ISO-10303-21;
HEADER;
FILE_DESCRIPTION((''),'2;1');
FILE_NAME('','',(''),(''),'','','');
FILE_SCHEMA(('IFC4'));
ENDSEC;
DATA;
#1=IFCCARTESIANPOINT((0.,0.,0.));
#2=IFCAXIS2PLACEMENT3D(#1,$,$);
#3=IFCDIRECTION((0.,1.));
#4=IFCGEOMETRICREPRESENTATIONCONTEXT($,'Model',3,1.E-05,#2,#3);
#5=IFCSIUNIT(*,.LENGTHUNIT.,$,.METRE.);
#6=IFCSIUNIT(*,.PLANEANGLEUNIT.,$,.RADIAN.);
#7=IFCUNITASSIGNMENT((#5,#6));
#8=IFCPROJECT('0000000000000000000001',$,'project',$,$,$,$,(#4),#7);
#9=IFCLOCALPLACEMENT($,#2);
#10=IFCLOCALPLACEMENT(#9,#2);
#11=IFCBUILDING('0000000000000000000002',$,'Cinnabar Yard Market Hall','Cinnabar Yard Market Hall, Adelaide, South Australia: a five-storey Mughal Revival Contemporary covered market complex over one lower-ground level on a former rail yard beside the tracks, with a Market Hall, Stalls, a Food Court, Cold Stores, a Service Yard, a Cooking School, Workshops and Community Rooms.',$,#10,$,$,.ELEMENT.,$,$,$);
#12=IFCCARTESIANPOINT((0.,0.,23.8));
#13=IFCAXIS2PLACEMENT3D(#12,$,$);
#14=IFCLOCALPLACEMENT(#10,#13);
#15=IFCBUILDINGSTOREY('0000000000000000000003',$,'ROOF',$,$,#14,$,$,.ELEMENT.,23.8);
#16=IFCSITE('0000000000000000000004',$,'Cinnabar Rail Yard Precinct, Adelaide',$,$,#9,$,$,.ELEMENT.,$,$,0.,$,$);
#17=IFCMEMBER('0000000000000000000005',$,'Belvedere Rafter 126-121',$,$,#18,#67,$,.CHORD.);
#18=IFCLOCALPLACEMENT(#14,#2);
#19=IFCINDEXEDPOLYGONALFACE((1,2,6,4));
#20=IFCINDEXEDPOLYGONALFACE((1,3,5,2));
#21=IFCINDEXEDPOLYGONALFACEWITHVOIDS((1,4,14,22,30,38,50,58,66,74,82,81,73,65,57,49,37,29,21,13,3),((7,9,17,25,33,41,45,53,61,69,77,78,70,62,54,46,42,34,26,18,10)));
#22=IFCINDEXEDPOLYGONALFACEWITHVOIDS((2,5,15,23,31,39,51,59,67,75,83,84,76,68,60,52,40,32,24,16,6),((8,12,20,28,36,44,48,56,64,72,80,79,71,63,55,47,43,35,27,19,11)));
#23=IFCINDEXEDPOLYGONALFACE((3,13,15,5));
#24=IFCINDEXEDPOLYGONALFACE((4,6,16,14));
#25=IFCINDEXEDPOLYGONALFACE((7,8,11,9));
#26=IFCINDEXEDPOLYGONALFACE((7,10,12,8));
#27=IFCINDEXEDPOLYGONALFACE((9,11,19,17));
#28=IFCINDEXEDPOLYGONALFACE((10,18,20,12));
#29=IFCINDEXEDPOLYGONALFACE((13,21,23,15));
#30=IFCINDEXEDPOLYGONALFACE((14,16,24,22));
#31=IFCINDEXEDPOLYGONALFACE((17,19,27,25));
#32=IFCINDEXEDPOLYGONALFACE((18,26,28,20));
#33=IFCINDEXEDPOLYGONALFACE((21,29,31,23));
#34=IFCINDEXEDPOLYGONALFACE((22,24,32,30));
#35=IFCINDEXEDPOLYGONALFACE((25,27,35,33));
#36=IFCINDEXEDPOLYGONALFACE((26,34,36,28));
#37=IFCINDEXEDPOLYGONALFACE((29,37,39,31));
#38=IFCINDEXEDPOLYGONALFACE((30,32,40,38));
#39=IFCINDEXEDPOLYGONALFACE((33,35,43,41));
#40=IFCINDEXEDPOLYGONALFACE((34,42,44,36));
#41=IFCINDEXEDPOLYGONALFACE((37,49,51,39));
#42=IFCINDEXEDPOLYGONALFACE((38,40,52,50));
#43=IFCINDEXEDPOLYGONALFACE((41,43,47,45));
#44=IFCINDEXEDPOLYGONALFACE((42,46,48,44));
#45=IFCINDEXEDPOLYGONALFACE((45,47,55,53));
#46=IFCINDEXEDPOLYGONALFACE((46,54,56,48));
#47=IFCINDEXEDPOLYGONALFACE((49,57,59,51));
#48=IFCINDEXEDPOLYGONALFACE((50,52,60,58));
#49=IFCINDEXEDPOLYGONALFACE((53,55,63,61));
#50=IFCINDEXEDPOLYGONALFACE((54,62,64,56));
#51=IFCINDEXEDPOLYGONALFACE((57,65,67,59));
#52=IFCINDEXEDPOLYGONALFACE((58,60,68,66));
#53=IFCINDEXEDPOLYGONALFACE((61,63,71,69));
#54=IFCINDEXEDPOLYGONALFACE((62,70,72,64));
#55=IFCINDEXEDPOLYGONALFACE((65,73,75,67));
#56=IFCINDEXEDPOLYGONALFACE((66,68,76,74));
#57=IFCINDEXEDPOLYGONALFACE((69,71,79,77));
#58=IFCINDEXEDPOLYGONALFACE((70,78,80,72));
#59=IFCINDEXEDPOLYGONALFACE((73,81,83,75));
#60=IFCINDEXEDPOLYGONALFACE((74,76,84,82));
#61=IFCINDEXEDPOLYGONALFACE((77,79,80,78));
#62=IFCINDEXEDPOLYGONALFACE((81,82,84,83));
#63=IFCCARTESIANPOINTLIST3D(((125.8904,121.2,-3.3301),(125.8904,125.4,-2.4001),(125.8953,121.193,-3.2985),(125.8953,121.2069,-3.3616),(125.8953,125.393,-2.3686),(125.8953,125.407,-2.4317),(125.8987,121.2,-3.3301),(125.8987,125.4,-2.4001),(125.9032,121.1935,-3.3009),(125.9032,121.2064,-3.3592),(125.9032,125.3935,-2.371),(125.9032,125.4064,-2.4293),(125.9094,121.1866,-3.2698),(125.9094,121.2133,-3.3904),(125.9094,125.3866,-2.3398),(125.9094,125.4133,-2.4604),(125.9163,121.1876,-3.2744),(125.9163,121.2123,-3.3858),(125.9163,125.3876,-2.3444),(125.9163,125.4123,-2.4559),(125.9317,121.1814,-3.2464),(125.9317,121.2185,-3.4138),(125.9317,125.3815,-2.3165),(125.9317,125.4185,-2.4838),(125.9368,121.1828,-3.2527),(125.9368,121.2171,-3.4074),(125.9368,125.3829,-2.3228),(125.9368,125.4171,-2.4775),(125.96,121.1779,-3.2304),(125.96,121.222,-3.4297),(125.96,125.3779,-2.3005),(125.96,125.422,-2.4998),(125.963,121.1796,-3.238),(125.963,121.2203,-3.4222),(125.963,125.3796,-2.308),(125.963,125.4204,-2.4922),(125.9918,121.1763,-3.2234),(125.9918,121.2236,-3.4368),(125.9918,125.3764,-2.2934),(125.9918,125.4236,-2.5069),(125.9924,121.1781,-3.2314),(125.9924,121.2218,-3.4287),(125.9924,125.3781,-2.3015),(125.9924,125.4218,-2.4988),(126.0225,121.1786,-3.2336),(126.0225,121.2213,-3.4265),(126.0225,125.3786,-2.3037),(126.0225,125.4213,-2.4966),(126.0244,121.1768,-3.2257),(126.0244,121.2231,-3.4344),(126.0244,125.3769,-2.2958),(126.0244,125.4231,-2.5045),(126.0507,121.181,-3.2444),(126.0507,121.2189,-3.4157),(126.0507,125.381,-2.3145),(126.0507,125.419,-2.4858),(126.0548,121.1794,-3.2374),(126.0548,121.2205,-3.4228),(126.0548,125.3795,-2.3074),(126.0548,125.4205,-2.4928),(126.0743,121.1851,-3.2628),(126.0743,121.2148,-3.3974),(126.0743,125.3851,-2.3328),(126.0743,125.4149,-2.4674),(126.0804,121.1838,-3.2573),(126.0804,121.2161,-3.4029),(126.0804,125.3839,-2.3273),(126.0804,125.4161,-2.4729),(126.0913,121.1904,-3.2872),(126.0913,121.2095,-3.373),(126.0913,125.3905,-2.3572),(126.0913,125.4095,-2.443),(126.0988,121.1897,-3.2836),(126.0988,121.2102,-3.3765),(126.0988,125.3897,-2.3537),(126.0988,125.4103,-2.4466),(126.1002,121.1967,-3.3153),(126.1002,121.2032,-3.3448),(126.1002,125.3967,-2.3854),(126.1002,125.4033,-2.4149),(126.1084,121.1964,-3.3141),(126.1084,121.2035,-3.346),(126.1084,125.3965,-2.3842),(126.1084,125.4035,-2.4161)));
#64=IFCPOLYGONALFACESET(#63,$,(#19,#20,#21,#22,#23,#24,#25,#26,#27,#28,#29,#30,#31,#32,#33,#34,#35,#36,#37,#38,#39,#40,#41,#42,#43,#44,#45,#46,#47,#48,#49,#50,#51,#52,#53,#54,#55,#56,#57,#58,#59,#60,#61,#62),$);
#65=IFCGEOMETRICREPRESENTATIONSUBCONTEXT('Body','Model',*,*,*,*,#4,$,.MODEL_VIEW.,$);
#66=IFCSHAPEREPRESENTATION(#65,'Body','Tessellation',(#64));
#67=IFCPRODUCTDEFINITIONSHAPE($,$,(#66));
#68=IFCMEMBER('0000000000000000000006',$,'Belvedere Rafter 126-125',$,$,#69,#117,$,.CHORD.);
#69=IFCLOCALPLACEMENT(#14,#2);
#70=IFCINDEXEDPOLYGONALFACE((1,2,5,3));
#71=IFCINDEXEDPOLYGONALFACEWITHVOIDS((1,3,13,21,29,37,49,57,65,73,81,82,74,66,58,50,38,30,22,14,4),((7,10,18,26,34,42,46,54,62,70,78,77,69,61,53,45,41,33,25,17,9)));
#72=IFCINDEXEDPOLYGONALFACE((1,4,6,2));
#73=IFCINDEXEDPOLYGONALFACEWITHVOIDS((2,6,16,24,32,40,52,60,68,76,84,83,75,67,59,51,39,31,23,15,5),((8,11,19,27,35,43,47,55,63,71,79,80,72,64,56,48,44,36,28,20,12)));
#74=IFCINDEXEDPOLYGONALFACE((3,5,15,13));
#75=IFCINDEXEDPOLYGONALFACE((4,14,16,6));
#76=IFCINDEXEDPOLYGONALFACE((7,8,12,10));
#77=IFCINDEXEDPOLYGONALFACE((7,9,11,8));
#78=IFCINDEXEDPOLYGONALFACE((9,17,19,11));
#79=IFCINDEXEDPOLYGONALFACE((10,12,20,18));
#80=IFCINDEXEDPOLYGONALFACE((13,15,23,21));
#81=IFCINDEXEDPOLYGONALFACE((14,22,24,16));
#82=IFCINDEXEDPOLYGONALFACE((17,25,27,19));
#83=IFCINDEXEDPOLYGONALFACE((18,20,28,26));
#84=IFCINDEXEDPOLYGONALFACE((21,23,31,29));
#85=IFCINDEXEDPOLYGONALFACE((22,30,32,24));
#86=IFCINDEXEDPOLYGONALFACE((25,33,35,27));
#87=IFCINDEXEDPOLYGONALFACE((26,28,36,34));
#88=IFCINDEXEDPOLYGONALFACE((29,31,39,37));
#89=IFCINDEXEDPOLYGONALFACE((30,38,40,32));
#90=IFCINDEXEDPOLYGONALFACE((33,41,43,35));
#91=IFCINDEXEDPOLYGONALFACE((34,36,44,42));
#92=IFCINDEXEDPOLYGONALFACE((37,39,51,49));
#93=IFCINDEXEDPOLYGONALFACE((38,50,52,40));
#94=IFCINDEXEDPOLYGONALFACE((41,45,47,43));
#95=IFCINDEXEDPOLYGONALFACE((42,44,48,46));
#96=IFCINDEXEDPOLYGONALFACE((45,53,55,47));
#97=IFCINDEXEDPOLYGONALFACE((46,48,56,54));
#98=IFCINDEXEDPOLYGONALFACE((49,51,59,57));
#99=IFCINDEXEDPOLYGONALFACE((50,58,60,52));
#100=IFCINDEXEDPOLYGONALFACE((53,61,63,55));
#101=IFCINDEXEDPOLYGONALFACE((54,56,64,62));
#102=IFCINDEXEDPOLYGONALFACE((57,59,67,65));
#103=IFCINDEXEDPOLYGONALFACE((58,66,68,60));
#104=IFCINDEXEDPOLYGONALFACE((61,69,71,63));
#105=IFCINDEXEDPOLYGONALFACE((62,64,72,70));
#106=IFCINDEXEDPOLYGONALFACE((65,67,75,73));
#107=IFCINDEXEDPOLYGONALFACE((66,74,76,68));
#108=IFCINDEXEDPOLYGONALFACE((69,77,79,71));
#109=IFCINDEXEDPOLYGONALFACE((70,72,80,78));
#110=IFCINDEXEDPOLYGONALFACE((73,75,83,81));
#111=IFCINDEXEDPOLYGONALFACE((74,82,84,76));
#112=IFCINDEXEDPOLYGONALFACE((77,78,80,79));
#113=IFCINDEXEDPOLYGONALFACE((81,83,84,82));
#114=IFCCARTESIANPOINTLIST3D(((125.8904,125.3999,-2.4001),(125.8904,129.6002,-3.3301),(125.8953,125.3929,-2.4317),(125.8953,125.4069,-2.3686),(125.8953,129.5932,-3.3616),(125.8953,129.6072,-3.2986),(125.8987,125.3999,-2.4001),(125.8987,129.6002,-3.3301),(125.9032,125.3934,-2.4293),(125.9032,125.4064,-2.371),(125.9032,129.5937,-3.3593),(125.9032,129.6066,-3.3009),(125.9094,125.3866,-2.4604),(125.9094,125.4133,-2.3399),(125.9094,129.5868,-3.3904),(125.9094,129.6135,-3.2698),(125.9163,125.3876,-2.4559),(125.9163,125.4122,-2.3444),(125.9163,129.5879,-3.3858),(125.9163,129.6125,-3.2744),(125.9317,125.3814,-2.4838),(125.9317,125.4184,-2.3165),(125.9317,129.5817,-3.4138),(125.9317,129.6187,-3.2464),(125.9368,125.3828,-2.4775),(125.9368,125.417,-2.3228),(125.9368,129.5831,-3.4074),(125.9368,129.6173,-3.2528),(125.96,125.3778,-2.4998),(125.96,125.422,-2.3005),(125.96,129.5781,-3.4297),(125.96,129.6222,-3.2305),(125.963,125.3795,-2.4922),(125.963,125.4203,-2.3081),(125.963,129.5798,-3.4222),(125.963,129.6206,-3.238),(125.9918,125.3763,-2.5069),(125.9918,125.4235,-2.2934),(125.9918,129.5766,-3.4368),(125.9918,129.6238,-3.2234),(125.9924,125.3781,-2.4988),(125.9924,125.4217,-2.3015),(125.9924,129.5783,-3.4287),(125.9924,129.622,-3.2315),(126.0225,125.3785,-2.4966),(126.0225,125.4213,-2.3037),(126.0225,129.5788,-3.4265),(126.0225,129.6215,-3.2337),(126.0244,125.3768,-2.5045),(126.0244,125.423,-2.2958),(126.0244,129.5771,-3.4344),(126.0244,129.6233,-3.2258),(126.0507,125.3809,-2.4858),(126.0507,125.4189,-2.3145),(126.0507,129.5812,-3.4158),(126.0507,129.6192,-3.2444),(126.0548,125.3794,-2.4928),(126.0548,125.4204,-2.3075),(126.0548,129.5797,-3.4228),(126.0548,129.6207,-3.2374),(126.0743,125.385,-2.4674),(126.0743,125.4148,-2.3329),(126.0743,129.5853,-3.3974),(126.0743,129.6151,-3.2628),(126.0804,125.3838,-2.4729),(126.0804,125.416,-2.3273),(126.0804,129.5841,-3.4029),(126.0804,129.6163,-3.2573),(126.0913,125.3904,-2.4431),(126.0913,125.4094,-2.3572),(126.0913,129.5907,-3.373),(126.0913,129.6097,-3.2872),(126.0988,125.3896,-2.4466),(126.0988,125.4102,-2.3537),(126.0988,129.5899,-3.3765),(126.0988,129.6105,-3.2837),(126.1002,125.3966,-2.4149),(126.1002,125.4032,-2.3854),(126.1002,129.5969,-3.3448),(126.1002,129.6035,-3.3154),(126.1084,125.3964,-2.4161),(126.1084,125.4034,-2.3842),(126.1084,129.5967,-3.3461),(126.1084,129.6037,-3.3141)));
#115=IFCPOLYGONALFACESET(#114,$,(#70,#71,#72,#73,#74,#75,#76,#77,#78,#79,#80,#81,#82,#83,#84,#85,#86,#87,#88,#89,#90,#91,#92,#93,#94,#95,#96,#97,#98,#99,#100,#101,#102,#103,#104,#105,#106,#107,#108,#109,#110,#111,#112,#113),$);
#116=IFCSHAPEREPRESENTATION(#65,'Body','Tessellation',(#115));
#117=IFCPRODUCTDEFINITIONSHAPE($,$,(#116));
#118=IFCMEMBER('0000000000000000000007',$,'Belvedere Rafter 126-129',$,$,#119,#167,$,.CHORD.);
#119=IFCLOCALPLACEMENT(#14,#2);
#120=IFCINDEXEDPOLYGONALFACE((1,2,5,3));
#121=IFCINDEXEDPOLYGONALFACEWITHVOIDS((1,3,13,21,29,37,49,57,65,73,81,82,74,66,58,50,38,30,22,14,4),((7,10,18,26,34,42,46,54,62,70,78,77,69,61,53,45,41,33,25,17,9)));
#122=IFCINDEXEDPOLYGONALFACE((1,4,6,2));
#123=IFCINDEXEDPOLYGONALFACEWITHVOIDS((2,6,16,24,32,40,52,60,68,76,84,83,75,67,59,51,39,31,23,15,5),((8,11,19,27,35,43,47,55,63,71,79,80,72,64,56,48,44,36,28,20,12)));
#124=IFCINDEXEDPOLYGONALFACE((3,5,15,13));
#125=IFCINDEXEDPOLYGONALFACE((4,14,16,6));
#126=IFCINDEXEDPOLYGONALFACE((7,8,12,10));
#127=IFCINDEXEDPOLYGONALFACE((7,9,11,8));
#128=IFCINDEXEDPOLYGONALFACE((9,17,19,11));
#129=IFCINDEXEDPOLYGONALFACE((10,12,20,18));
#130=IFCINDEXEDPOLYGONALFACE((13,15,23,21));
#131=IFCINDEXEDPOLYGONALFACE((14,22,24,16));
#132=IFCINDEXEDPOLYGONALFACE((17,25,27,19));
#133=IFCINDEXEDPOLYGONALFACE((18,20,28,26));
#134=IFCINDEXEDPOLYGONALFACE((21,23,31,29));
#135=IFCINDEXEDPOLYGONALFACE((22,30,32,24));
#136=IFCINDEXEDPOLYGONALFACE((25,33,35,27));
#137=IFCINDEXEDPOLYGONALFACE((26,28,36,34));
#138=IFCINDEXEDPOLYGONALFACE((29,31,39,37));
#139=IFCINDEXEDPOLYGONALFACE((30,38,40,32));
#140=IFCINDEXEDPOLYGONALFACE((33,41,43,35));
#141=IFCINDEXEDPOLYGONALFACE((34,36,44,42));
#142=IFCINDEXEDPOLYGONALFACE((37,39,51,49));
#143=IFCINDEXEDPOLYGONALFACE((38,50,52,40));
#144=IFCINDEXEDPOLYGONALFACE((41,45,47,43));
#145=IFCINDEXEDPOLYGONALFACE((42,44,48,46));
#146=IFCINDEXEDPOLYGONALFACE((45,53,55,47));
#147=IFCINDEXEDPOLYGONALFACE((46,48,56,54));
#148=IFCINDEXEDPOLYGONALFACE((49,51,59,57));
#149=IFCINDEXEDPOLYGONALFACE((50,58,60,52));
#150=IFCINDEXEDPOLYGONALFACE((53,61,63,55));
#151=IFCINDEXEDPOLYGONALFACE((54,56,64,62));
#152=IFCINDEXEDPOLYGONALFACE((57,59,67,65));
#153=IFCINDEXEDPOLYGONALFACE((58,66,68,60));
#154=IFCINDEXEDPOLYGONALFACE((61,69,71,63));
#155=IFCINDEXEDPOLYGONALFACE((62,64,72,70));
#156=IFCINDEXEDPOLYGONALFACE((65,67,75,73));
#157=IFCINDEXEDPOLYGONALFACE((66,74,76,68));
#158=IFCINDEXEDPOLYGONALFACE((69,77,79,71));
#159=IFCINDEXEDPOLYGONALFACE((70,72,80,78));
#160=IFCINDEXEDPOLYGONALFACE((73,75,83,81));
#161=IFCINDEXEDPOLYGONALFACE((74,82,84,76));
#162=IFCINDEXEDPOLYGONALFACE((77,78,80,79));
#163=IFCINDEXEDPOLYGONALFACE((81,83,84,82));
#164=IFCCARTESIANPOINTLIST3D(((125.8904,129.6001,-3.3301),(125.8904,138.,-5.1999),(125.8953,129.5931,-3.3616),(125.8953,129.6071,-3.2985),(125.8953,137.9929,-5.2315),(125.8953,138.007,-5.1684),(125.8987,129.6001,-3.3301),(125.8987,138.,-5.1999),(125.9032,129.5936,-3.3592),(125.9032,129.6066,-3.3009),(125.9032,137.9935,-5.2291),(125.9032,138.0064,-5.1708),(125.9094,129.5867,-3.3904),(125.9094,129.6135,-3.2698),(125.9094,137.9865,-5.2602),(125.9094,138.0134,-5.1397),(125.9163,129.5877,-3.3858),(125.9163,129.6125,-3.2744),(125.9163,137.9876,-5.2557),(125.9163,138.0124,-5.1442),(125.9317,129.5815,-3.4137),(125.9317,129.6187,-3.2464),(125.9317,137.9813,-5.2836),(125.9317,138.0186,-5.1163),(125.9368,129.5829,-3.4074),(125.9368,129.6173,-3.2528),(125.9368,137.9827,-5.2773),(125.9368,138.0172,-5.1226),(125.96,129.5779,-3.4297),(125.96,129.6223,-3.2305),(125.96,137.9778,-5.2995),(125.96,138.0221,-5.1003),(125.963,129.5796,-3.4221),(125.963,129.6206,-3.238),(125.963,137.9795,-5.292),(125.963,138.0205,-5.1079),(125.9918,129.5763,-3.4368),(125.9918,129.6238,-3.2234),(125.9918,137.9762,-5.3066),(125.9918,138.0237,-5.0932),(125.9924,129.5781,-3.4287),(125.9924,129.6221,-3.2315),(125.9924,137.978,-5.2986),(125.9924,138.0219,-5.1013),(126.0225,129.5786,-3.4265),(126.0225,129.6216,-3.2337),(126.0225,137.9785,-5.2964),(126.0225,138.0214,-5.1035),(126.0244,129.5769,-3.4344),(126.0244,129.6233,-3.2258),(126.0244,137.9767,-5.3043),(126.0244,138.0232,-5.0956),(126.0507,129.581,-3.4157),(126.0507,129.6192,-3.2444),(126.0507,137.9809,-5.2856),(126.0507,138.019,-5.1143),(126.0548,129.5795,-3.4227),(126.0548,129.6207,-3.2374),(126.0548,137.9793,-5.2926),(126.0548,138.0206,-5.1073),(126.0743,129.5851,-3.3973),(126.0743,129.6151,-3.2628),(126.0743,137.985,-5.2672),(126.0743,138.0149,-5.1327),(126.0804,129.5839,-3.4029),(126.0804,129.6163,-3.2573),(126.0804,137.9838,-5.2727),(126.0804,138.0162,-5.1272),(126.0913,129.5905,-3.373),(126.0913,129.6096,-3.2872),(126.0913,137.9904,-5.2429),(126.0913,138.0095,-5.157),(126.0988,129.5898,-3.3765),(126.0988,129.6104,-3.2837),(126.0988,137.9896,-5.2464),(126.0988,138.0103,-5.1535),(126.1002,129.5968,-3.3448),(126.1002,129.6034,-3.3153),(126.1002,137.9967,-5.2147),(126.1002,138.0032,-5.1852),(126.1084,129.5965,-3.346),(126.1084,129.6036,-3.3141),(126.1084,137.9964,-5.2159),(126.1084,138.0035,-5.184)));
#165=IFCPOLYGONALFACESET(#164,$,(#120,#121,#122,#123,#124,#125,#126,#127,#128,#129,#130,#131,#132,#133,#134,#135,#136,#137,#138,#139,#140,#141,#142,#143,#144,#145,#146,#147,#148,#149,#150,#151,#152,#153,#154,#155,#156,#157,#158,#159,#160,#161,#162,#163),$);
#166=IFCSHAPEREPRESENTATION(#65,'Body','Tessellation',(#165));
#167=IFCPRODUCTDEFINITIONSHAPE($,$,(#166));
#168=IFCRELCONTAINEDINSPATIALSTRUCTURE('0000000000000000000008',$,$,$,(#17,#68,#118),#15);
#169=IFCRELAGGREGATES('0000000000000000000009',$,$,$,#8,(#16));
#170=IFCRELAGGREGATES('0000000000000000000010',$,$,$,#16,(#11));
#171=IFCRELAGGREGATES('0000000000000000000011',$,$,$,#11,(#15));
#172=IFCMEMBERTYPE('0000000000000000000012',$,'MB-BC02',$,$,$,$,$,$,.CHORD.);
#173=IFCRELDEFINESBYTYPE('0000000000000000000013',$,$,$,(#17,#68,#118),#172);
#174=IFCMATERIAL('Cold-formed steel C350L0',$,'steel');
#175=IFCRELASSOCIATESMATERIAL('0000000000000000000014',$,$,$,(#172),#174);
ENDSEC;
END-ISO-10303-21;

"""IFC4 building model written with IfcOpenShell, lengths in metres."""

from ifc_helpers import new_model, si_unit, direction, frame, origin, origin_2d_with_axis, place, context, subcontext, project, spatial, hollow_circle, extrude, material, material_profile, profile_set, type_object, element, save


model = new_model("IFC4")

# Units and contexts
model_context = context("Model", 3, precision=1e-05, world=origin(), true_north=direction((0.0, 1.0)))
body_context = subcontext(model_context, "Body", "Model", "MODEL_VIEW")
ifc_project = project(units=[si_unit("LENGTHUNIT", "METRE"), si_unit("PLANEANGLEUNIT", "RADIAN")], contexts=[model_context])

# Site, building, storey
site_placement = place(None, origin())
site = spatial("IfcSite", under=ifc_project, at=site_placement, Name="Cinnabar Rail Yard Precinct, Adelaide", CompositionType="ELEMENT", RefElevation=0.0)
building_placement = place(site_placement, origin())
building = spatial("IfcBuilding", under=site, at=building_placement, Name="Cinnabar Yard Market Hall", Description="Cinnabar Yard Market Hall, Adelaide, South Australia: a five-storey Mughal Revival Contemporary covered market complex over one lower-ground level on a former rail yard beside the tracks, with a Market Hall, Stalls, a Food Court, Cold Stores, a Service Yard, a Cooking School, Workshops and Community Rooms.", CompositionType="ELEMENT")
storey_placement = place(building_placement, frame((0.0, 0.0, 23.8)))
storey = spatial("IfcBuildingStorey", under=building, at=storey_placement, Name="ROOF", CompositionType="ELEMENT", Elevation=23.8)

# Shared definitions
ifc_material_1 = material(Name="Cold-formed steel C350L0", Category="steel")

# Members
ifc_material_profile_1 = material_profile(ifc_material_1, hollow_circle(Radius=0.1096, WallThickness=0.0083, at=origin_2d_with_axis()), Name="219.1x8.2CHS")
ifc_profile_set_1 = profile_set([ifc_material_profile_1], Name="Cold-formed steel C350L0")
member_type_1 = type_object("IfcMemberType", Name="MB-BC02", PredefinedType="CHORD", material=ifc_profile_set_1)
member_1_placement = place(storey_placement, frame((126.0, 121.2, -3.3301), z_axis=(0.0, 0.976354, 0.216179), x_axis=(-1.0, 0.0, 0.0)))
element("IfcMember", 1, at=member_1_placement, inside=storey, type_object=member_type_1, Name="Belvedere Rafter 126-121", PredefinedType="CHORD", context=body_context, shape_type="SweptSolid", body=[
    extrude(hollow_circle(Radius=0.1096, WallThickness=0.0083, at=origin_2d_with_axis()), origin(), (0.0, 0.0, 1.0), 4.3018),
])
member_2_placement = place(storey_placement, frame((126.0, 125.3999, -2.4001), z_axis=(0.0, 0.976356, -0.216167), x_axis=(-1.0, 0.0, 0.0)))
element("IfcMember", 2, at=member_2_placement, inside=storey, type_object=member_type_1, Name="Belvedere Rafter 126-125", PredefinedType="CHORD", context=body_context, shape_type="SweptSolid", body=[
    extrude(hollow_circle(Radius=0.1096, WallThickness=0.0083, at=origin_2d_with_axis()), origin(), (0.0, 0.0, 1.0), 4.302),
])
member_3_placement = place(storey_placement, frame((126.0, 129.6001, -3.3301), z_axis=(0.0, 0.976108, -0.217288), x_axis=(-1.0, 0.0, 0.0)))
element("IfcMember", 3, at=member_3_placement, inside=storey, type_object=member_type_1, Name="Belvedere Rafter 126-129", PredefinedType="CHORD", context=body_context, shape_type="SweptSolid", body=[
    extrude(hollow_circle(Radius=0.1096, WallThickness=0.0083, at=origin_2d_with_axis()), origin(), (0.0, 0.0, 1.0), 8.6055),
])

save(model, "model.ifc")
